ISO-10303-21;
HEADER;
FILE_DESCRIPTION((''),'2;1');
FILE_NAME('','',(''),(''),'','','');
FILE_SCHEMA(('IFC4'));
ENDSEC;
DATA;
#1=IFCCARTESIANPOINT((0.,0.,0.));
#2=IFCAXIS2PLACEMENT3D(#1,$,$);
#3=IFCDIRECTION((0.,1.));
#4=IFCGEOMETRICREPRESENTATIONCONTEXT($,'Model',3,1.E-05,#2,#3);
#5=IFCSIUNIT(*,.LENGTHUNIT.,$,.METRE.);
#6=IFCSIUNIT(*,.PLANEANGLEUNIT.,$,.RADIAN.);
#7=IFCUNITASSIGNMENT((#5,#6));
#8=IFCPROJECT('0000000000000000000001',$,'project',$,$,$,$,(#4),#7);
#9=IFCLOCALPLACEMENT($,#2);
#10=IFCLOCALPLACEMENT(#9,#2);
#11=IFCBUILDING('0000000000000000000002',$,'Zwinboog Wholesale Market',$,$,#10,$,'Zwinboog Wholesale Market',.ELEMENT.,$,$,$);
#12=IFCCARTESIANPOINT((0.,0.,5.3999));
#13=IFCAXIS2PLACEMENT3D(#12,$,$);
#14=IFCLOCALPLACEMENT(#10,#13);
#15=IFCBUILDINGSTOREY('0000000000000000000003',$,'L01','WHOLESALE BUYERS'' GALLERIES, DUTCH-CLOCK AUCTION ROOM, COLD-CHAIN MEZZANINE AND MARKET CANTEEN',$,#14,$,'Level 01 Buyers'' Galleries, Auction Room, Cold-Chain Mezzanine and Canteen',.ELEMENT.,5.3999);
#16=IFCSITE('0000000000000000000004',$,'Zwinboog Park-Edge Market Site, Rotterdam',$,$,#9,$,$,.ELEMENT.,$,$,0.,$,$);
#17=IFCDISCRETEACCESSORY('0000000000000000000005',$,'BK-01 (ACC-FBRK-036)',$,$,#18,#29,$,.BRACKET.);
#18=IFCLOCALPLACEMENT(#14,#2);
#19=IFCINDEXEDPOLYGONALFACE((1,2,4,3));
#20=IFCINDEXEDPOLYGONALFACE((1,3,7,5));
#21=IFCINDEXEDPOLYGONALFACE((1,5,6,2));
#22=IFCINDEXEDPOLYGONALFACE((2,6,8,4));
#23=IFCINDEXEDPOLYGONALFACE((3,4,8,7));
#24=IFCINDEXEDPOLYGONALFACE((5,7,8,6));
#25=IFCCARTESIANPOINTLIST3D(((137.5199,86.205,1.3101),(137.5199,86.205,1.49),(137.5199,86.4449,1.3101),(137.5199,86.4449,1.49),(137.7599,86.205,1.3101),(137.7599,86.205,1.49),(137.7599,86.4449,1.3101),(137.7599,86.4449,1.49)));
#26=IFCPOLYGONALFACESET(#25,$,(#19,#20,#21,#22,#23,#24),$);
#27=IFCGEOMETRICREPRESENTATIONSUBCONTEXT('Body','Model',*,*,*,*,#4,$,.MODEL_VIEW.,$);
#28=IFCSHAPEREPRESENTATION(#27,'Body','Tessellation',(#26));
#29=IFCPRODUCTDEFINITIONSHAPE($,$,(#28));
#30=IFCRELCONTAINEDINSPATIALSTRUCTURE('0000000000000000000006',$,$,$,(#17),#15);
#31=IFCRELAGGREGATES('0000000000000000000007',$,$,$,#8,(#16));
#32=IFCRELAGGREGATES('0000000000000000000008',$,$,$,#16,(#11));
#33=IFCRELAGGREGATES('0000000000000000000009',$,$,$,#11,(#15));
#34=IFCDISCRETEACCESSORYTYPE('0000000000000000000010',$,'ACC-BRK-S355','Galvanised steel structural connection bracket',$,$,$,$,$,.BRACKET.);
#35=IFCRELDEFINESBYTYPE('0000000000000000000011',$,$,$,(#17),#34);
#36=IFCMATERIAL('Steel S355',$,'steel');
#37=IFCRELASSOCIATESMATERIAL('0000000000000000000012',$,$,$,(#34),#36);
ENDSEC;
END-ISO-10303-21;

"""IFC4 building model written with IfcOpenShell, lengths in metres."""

from ifc_helpers import new_model, si_unit, direction, frame, origin, origin_2d, place, context, subcontext, project, spatial, rectangle, extrude, material, type_object, element, save


model = new_model("IFC4")

# Units and contexts
model_context = context("Model", 3, precision=1e-05, world=origin(), true_north=direction((0.0, 1.0)))
body_context = subcontext(model_context, "Body", "Model", "MODEL_VIEW")
ifc_project = project(units=[si_unit("LENGTHUNIT", "METRE"), si_unit("PLANEANGLEUNIT", "RADIAN")], contexts=[model_context])

# Site, building, storey
site_placement = place(None, origin())
site = spatial("IfcSite", under=ifc_project, at=site_placement, Name="Zwinboog Park-Edge Market Site, Rotterdam", CompositionType="ELEMENT", RefElevation=0.0)
building_placement = place(site_placement, origin())
building = spatial("IfcBuilding", under=site, at=building_placement, Name="Zwinboog Wholesale Market", LongName="Zwinboog Wholesale Market", CompositionType="ELEMENT")
storey_placement = place(building_placement, frame((0.0, 0.0, 5.3999)))
storey = spatial("IfcBuildingStorey", under=building, at=storey_placement, Name="L01", Description="WHOLESALE BUYERS' GALLERIES, DUTCH-CLOCK AUCTION ROOM, COLD-CHAIN MEZZANINE AND MARKET CANTEEN", LongName="Level 01 Buyers' Galleries, Auction Room, Cold-Chain Mezzanine and Canteen", CompositionType="ELEMENT", Elevation=5.3999)

# Shared definitions
ifc_material_1 = material(Name="Steel S355", Category="steel")

# Discrete accessory
discrete_accessory_type = type_object("IfcDiscreteAccessoryType", Name="ACC-BRK-S355", Description="Galvanised steel structural connection bracket", PredefinedType="BRACKET", material=ifc_material_1)
discrete_accessory_placement = place(storey_placement, frame((137.6399, 86.325, 1.3101), z_axis=(0.0, 0.0, 1.0), x_axis=(1.0, 0.0, 0.0)))
element("IfcDiscreteAccessory", 1, at=discrete_accessory_placement, inside=storey, type_object=discrete_accessory_type, Name="BK-01 (ACC-FBRK-036)", PredefinedType="BRACKET", context=body_context, shape_type="SweptSolid", body=[
    extrude(rectangle(XDim=0.24, YDim=0.24, at=origin_2d()), origin(), (0.0, 0.0, 1.0), 0.1799),
])

save(model, "model.ifc")
